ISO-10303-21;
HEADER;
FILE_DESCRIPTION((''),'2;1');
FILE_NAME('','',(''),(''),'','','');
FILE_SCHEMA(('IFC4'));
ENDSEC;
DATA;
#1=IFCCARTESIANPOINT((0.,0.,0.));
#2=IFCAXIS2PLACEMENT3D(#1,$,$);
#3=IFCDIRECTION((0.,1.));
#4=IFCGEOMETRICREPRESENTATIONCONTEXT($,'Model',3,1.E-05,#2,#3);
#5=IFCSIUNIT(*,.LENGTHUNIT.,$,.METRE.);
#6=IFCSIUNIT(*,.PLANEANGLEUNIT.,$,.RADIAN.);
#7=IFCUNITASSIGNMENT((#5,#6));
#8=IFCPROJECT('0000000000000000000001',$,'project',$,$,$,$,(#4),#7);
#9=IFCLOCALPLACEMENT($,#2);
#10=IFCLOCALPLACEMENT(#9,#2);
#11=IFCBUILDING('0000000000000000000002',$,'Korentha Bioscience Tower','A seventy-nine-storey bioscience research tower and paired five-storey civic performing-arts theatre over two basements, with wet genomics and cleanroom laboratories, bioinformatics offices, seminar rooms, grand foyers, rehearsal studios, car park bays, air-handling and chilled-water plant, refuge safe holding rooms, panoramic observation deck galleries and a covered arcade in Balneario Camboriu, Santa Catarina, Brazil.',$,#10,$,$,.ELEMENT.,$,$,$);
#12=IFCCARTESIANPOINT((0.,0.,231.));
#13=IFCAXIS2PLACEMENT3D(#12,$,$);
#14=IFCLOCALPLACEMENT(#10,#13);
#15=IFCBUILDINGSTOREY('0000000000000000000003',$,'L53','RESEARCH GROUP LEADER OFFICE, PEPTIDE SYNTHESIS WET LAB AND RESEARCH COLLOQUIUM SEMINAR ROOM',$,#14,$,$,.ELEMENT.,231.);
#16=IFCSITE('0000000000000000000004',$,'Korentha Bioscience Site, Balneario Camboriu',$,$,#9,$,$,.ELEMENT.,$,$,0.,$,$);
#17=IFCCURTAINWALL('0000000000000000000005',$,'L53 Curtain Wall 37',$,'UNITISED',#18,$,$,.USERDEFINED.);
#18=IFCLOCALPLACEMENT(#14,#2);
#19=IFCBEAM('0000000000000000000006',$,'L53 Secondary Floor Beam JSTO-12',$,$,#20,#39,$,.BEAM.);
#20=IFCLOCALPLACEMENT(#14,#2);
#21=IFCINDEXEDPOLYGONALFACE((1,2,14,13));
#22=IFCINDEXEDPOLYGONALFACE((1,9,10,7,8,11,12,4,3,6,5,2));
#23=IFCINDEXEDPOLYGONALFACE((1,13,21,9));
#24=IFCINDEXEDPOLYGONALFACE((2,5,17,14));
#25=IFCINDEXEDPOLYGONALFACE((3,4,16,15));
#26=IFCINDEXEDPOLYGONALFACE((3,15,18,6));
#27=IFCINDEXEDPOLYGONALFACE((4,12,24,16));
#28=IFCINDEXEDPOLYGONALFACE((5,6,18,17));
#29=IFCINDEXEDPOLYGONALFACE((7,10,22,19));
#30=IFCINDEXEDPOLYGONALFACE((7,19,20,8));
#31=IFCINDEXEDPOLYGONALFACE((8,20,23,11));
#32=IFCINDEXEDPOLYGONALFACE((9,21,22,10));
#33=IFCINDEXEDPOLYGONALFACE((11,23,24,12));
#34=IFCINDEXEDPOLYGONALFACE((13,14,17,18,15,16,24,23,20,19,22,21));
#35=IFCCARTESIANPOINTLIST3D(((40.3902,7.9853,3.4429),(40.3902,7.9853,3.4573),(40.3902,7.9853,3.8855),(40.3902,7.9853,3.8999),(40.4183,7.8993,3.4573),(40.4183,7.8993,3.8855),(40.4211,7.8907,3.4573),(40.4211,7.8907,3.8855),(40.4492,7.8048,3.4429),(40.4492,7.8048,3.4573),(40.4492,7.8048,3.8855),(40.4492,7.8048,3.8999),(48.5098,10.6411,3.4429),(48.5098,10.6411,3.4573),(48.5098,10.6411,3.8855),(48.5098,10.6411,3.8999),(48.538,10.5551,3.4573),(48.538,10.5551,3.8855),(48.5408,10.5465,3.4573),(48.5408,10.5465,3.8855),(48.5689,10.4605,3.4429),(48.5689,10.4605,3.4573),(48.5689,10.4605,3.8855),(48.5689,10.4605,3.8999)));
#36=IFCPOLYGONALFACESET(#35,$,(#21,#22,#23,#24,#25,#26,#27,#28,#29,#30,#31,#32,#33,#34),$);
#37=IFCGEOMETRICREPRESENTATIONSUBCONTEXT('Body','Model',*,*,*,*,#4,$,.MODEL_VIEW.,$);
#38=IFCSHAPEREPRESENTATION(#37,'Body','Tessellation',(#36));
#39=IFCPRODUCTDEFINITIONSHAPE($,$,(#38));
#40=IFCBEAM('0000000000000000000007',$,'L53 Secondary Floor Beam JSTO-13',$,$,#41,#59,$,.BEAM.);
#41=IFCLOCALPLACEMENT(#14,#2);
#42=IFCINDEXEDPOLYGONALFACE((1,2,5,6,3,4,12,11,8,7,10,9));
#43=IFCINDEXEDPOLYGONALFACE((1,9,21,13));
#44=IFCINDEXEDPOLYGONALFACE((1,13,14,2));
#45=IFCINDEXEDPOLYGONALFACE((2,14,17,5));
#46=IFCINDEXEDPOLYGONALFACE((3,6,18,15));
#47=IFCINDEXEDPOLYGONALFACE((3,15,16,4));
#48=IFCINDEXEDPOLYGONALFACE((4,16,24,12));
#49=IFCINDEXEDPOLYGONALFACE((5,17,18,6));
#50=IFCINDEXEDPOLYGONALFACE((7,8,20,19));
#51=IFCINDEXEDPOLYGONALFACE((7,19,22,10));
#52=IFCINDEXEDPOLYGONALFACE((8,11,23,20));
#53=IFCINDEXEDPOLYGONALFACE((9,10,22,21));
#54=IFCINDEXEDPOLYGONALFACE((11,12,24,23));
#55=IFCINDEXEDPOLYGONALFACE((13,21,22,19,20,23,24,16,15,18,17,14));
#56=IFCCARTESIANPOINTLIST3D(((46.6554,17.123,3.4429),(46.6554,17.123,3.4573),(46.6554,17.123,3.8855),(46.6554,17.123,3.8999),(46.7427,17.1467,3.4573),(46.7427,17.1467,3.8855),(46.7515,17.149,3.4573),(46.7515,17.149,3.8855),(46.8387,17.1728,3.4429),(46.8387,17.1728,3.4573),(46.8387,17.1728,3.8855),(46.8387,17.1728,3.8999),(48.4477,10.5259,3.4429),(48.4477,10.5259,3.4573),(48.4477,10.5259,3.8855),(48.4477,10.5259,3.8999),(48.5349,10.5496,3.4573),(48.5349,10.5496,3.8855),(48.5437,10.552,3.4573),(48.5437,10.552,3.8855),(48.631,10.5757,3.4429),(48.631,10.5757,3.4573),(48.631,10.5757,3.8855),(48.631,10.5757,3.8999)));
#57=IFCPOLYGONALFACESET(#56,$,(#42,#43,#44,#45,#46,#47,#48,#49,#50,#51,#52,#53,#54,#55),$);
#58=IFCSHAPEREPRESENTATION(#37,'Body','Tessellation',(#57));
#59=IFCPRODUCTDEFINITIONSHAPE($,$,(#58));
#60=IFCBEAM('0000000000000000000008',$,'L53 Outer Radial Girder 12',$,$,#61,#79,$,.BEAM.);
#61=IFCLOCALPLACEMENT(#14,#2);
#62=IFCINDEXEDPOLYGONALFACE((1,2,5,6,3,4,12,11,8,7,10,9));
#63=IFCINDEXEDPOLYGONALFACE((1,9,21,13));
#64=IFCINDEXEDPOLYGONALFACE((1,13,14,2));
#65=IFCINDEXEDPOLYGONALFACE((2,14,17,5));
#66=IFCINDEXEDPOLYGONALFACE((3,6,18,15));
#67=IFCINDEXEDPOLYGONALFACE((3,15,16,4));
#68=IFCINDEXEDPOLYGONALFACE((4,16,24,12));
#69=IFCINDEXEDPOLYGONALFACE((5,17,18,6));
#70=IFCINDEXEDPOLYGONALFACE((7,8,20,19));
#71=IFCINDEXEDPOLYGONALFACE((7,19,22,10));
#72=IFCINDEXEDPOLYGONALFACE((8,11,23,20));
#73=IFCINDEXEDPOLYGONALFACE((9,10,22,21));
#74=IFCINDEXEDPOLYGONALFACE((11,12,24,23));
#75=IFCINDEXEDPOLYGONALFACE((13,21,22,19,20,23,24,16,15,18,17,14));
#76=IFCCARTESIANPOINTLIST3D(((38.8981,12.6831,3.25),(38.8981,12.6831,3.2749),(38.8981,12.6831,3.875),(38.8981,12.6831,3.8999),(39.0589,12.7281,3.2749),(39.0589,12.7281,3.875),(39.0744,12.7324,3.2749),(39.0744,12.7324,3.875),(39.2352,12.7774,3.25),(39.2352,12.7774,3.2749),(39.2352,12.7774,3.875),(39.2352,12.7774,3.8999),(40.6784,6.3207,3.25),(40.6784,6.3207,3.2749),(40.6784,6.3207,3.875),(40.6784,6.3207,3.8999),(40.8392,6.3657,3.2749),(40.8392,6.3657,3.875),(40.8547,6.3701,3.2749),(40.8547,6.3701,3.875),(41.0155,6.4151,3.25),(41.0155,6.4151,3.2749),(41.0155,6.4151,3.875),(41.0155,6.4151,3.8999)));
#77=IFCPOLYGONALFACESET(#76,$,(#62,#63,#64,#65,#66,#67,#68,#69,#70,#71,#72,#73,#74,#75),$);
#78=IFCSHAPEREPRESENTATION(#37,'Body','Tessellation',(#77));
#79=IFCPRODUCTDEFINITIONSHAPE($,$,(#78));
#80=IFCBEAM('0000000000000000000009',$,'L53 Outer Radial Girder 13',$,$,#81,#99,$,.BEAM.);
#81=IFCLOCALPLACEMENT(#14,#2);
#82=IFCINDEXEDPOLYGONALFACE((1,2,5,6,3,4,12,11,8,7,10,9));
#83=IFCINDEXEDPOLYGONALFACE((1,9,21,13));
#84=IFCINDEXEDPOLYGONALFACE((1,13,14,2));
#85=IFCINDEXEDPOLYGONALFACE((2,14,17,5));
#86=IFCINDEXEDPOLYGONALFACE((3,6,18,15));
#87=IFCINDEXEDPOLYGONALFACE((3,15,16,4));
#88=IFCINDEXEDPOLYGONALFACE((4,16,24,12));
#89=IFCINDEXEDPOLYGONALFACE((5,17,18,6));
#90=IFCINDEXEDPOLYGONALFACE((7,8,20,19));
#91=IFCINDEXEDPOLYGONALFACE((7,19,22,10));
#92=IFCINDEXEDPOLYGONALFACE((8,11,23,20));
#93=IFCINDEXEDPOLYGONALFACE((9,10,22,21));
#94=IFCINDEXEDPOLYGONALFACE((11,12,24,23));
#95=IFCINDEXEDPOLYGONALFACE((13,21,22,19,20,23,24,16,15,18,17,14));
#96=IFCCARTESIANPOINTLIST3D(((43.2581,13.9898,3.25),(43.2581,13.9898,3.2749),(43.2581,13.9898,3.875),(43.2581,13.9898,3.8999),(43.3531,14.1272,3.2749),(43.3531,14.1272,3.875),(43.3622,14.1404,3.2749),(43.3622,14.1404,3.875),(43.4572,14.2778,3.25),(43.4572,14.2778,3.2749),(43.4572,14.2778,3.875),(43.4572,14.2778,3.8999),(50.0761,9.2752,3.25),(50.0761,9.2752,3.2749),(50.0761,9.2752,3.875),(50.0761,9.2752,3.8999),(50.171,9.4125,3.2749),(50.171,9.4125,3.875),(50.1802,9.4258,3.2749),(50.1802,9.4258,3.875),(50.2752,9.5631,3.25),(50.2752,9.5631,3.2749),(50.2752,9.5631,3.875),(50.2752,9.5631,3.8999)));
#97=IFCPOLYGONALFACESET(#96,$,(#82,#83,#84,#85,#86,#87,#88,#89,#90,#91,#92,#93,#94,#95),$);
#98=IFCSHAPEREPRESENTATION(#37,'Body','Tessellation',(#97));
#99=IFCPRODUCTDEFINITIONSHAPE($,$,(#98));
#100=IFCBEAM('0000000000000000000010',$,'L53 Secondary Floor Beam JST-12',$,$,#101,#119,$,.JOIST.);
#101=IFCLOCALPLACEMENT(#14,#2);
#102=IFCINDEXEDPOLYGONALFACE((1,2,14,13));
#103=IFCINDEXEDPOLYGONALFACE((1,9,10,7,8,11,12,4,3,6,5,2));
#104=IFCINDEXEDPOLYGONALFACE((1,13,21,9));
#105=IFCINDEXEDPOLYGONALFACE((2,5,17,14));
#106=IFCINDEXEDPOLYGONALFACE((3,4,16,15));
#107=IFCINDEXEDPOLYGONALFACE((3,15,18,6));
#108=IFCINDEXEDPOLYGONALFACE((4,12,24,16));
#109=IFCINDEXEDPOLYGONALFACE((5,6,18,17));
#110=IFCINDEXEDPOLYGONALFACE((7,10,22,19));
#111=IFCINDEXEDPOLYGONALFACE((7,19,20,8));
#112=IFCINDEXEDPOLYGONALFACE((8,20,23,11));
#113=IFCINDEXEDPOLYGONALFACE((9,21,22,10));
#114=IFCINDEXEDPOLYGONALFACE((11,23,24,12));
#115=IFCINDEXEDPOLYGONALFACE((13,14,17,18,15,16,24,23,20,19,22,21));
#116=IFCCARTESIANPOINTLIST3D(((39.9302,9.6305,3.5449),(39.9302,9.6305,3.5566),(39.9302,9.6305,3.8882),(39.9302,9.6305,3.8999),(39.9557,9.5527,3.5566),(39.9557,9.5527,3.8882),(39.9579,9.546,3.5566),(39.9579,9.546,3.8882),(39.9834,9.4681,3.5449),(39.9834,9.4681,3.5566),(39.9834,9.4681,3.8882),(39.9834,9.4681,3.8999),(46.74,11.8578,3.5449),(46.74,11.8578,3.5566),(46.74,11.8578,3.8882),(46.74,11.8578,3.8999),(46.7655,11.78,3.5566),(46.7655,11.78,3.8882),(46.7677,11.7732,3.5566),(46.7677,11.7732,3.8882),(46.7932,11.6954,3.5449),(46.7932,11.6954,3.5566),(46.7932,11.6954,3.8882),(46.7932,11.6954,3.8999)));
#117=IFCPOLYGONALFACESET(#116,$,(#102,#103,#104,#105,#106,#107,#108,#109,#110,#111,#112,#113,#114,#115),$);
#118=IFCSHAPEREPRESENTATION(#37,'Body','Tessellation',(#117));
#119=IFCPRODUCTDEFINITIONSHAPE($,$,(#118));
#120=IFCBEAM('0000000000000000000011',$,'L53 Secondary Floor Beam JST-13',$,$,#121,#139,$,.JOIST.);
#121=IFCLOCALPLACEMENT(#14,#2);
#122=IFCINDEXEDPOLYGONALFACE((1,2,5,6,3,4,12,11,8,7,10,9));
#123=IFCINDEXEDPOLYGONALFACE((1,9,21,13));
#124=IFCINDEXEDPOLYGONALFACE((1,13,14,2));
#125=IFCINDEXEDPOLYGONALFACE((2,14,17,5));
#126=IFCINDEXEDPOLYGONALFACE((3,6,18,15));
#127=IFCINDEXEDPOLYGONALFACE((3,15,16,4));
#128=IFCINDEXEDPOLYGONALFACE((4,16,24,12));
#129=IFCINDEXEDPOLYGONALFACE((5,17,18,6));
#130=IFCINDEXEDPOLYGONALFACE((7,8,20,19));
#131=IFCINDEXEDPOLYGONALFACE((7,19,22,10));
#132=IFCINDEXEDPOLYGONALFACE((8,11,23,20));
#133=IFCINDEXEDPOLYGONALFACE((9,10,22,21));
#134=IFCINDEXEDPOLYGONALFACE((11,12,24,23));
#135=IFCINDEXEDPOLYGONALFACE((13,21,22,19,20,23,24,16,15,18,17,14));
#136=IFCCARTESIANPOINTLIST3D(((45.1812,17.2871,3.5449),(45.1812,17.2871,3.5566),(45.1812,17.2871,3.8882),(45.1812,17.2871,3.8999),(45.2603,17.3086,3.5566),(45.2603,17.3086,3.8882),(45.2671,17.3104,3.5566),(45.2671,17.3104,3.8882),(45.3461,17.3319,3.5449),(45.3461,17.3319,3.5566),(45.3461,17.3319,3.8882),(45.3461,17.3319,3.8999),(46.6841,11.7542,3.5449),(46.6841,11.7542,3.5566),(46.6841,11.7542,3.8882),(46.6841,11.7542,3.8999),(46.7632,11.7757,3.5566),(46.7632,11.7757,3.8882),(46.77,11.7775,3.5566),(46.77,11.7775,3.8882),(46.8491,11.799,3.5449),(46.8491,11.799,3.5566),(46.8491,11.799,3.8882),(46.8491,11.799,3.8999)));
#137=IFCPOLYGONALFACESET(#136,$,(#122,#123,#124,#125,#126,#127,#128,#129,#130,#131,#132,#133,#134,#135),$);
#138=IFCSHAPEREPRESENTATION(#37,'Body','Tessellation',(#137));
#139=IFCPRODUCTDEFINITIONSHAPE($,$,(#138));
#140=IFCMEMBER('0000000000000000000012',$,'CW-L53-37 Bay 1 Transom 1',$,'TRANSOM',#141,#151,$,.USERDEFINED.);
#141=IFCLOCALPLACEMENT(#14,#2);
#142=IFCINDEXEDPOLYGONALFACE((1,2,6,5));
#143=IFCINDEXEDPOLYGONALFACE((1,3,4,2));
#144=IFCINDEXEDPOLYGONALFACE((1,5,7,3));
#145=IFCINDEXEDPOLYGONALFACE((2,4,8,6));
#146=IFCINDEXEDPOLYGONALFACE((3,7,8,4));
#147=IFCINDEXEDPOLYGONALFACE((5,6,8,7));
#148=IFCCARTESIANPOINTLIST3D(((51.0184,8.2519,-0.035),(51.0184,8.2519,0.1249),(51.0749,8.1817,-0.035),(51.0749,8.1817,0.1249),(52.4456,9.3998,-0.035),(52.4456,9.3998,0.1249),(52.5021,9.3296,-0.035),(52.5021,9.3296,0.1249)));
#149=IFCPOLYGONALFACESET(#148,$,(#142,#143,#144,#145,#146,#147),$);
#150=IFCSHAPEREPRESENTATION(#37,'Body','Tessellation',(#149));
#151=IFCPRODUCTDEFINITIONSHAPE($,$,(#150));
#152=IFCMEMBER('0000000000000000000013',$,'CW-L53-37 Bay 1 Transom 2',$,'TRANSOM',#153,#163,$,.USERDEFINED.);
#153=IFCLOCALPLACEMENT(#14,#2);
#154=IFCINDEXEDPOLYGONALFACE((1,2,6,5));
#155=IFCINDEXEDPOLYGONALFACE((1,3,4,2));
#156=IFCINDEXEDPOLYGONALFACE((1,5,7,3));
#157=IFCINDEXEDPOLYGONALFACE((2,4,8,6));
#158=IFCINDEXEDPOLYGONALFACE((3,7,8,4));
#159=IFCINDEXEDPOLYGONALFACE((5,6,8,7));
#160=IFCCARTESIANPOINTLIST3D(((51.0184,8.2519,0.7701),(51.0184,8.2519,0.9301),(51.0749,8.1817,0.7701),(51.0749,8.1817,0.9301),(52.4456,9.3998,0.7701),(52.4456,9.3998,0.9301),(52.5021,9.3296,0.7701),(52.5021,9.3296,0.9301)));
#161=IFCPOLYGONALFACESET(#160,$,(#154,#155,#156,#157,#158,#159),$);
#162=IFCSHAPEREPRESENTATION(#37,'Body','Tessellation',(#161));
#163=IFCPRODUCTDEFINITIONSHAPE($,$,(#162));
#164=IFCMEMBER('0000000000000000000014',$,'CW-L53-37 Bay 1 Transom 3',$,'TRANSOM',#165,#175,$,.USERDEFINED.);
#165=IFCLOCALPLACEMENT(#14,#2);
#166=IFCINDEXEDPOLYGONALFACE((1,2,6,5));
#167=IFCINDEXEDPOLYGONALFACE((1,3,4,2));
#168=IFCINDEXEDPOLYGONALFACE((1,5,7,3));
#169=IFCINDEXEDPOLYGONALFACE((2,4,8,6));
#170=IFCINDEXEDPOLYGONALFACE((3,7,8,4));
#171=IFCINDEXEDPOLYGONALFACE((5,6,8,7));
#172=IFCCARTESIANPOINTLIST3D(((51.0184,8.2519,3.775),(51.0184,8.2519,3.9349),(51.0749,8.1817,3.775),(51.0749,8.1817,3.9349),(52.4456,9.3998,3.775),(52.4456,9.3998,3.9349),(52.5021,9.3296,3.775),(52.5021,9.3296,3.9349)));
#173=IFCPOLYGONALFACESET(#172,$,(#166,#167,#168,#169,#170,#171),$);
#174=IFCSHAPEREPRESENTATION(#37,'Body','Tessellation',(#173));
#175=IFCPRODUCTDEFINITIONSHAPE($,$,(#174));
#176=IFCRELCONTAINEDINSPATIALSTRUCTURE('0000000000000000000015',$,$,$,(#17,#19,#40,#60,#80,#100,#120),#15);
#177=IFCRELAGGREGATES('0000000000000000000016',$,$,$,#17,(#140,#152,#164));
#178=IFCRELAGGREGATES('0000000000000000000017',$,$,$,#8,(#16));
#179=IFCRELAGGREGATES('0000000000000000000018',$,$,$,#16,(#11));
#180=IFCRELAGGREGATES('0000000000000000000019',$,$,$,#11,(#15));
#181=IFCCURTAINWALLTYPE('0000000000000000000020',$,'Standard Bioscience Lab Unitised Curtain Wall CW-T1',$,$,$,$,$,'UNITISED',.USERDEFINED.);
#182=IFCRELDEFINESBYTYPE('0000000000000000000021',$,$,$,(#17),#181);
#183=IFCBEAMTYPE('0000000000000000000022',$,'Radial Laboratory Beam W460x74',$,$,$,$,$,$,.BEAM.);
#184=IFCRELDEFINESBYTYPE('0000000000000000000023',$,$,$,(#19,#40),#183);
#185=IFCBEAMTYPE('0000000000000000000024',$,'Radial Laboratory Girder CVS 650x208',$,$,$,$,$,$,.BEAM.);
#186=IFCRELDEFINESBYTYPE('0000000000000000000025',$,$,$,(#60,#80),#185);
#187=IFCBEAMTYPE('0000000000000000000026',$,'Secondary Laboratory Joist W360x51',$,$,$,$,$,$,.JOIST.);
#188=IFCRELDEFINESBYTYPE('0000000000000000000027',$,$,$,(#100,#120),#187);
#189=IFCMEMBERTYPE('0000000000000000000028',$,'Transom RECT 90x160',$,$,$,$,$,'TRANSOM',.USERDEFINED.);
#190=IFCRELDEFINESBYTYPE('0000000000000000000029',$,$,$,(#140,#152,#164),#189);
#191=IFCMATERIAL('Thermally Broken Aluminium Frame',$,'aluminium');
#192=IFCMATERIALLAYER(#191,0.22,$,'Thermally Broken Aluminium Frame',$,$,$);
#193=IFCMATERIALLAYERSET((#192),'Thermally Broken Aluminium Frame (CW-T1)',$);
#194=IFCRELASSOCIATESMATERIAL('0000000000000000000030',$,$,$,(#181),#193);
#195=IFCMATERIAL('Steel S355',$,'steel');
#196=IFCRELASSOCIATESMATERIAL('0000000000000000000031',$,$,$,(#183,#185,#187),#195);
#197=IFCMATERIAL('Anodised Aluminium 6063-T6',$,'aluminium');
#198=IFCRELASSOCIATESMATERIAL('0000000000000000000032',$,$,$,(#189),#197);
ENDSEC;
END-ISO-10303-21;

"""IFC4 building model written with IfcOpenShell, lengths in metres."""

from ifc_helpers import new_model, si_unit, direction, frame, origin, origin_2d, place, context, subcontext, project, spatial, rectangle, i_section, extrude, material, layer, layer_set, material_profile, profile_set, type_object, element, aggregate, save


model = new_model("IFC4")

# Units and contexts
model_context = context("Model", 3, precision=1e-05, world=origin(), true_north=direction((0.0, 1.0)))
body_context = subcontext(model_context, "Body", "Model", "MODEL_VIEW")
ifc_project = project(units=[si_unit("LENGTHUNIT", "METRE"), si_unit("PLANEANGLEUNIT", "RADIAN")], contexts=[model_context])

# Site, building, storey
site_placement = place(None, origin())
site = spatial("IfcSite", under=ifc_project, at=site_placement, Name="Korentha Bioscience Site, Balneario Camboriu", CompositionType="ELEMENT", RefElevation=0.0)
building_placement = place(site_placement, origin())
building = spatial("IfcBuilding", under=site, at=building_placement, Name="Korentha Bioscience Tower", Description="A seventy-nine-storey bioscience research tower and paired five-storey civic performing-arts theatre over two basements, with wet genomics and cleanroom laboratories, bioinformatics offices, seminar rooms, grand foyers, rehearsal studios, car park bays, air-handling and chilled-water plant, refuge safe holding rooms, panoramic observation deck galleries and a covered arcade in Balneario Camboriu, Santa Catarina, Brazil.", CompositionType="ELEMENT")
storey_placement = place(building_placement, frame((0.0, 0.0, 231.0)))
storey = spatial("IfcBuildingStorey", under=building, at=storey_placement, Name="L53", Description="RESEARCH GROUP LEADER OFFICE, PEPTIDE SYNTHESIS WET LAB AND RESEARCH COLLOQUIUM SEMINAR ROOM", CompositionType="ELEMENT", Elevation=231.0)

# Shared definitions
ifc_material_1 = material(Name="Steel S355", Category="steel")

# Curtain wall
ifc_material_2 = material(Name="Thermally Broken Aluminium Frame", Category="aluminium")
ifc_layer_1 = layer(ifc_material_2, 0.22, Name="Thermally Broken Aluminium Frame")
ifc_layer_set_1 = layer_set([ifc_layer_1], Name="Thermally Broken Aluminium Frame (CW-T1)")
curtain_wall_type = type_object("IfcCurtainWallType", Name="Standard Bioscience Lab Unitised Curtain Wall CW-T1", ElementType="UNITISED", PredefinedType="USERDEFINED", material=ifc_layer_set_1)
curtain_wall_placement = place(storey_placement, origin())
curtain_wall = element("IfcCurtainWall", 1, at=curtain_wall_placement, inside=storey, type_object=curtain_wall_type, Name="L53 Curtain Wall 37", ObjectType="UNITISED", PredefinedType="USERDEFINED")
ifc_material_3 = material(Name="Anodised Aluminium 6063-T6", Category="aluminium")

# Beams
ifc_material_profile_1 = material_profile(ifc_material_1, i_section(OverallWidth=0.1899, OverallDepth=0.457, WebThickness=0.009, FlangeThickness=0.0144, at=origin_2d()), Name="Steel S355")
ifc_profile_set_1 = profile_set([ifc_material_profile_1], Name="Steel S355 (RB-460)")
beam_type_1 = type_object("IfcBeamType", Name="Radial Laboratory Beam W460x74", PredefinedType="BEAM", material=ifc_profile_set_1)
beam_1_placement = place(storey_placement, frame((40.4197, 7.895, 3.6714), z_axis=(0.950451, 0.310873, 0.0), x_axis=(-0.310873, 0.950451, 0.0)))
element("IfcBeam", 2, at=beam_1_placement, inside=storey, type_object=beam_type_1, Name="L53 Secondary Floor Beam JSTO-12", PredefinedType="BEAM", context=body_context, shape_type="SweptSolid", body=[
    extrude(i_section(OverallWidth=0.1899, OverallDepth=0.457, WebThickness=0.009, FlangeThickness=0.0144, at=origin_2d()), origin(), (0.0, 0.0, 1.0), 8.543),
])
beam_2_placement = place(storey_placement, frame((48.5393, 10.5508, 3.6714), z_axis=(-0.262165, 0.965023, 0.0), x_axis=(-0.965023, -0.262165, 0.0)))
element("IfcBeam", 3, at=beam_2_placement, inside=storey, type_object=beam_type_1, Name="L53 Secondary Floor Beam JSTO-13", PredefinedType="BEAM", context=body_context, shape_type="SweptSolid", body=[
    extrude(i_section(OverallWidth=0.1899, OverallDepth=0.457, WebThickness=0.009, FlangeThickness=0.0144, at=origin_2d()), origin(), (0.0, 0.0, 1.0), 6.8362),
])
ifc_material_profile_2 = material_profile(ifc_material_1, i_section(OverallWidth=0.3501, OverallDepth=0.6499, WebThickness=0.0161, FlangeThickness=0.0249, at=origin_2d()), Name="Steel S355")
ifc_profile_set_2 = profile_set([ifc_material_profile_2], Name="Steel S355 (RB-650)")
beam_type_2 = type_object("IfcBeamType", Name="Radial Laboratory Girder CVS 650x208", PredefinedType="BEAM", material=ifc_profile_set_2)
beam_3_placement = place(storey_placement, frame((39.0667, 12.7302, 3.575), z_axis=(0.269465, -0.96301, 0.0), x_axis=(0.96301, 0.269465, 0.0)))
element("IfcBeam", 4, at=beam_3_placement, inside=storey, type_object=beam_type_2, Name="L53 Outer Radial Girder 12", PredefinedType="BEAM", context=body_context, shape_type="SweptSolid", body=[
    extrude(i_section(OverallWidth=0.3501, OverallDepth=0.6499, WebThickness=0.0161, FlangeThickness=0.0249, at=origin_2d()), origin(), (0.0, 0.0, 1.0), 6.6067),
])
beam_4_placement = place(storey_placement, frame((43.3577, 14.1338, 3.575), z_axis=(0.822501, -0.568764, 0.0), x_axis=(0.568764, 0.822501, 0.0)))
element("IfcBeam", 5, at=beam_4_placement, inside=storey, type_object=beam_type_2, Name="L53 Outer Radial Girder 13", PredefinedType="BEAM", context=body_context, shape_type="SweptSolid", body=[
    extrude(i_section(OverallWidth=0.3501, OverallDepth=0.6499, WebThickness=0.0161, FlangeThickness=0.0249, at=origin_2d()), origin(), (0.0, 0.0, 1.0), 8.2893),
])
ifc_material_profile_3 = material_profile(ifc_material_1, i_section(OverallWidth=0.1709, OverallDepth=0.355, WebThickness=0.0071, FlangeThickness=0.0117, at=origin_2d()), Name="Steel S355")
ifc_profile_set_3 = profile_set([ifc_material_profile_3], Name="Steel S355 (JB-360)")
beam_type_3 = type_object("IfcBeamType", Name="Secondary Laboratory Joist W360x51", PredefinedType="JOIST", material=ifc_profile_set_3)
beam_5_placement = place(storey_placement, frame((39.9568, 9.5493, 3.7224), z_axis=(0.950454, 0.310866, 0.0), x_axis=(-0.310866, 0.950454, 0.0)))
element("IfcBeam", 6, at=beam_5_placement, inside=storey, type_object=beam_type_3, Name="L53 Secondary Floor Beam JST-12", PredefinedType="JOIST", context=body_context, shape_type="SweptSolid", body=[
    extrude(i_section(OverallWidth=0.1709, OverallDepth=0.355, WebThickness=0.0071, FlangeThickness=0.0117, at=origin_2d()), origin(), (0.0, 0.0, 1.0), 7.1648),
])
beam_6_placement = place(storey_placement, frame((46.7666, 11.7766, 3.7224), z_axis=(-0.262134, 0.965032, 0.0), x_axis=(-0.965032, -0.262134, 0.0)))
element("IfcBeam", 7, at=beam_6_placement, inside=storey, type_object=beam_type_3, Name="L53 Secondary Floor Beam JST-13", PredefinedType="JOIST", context=body_context, shape_type="SweptSolid", body=[
    extrude(i_section(OverallWidth=0.1709, OverallDepth=0.355, WebThickness=0.0071, FlangeThickness=0.0117, at=origin_2d()), origin(), (0.0, 0.0, 1.0), 5.7334),
])

# Members
ifc_material_profile_4 = material_profile(ifc_material_3, rectangle(XDim=0.0901, YDim=0.1599, at=origin_2d()), Name="Anodised Aluminium 6063-T6")
ifc_profile_set_4 = profile_set([ifc_material_profile_4], Name="Anodised Aluminium 6063-T6 (CW-TRN)")
member_type_1 = type_object("IfcMemberType", Name="Transom RECT 90x160", ElementType="TRANSOM", PredefinedType="USERDEFINED", material=ifc_profile_set_4)
member_1_placement = place(storey_placement, frame((51.0466, 8.2168, 0.0449), z_axis=(0.779228, 0.626741, 0.0), x_axis=(-0.626741, 0.779228, 0.0)))
member_1 = element("IfcMember", 8, at=member_1_placement, type_object=member_type_1, Name="CW-L53-37 Bay 1 Transom 1", ObjectType="TRANSOM", PredefinedType="USERDEFINED", context=body_context, shape_type="SweptSolid", body=[
    extrude(rectangle(XDim=0.0901, YDim=0.1599, at=origin_2d()), origin(), (0.0, 0.0, 1.0), 1.8315),
])
member_2_placement = place(storey_placement, frame((51.0466, 8.2168, 0.8501), z_axis=(0.779228, 0.626741, 0.0), x_axis=(-0.626741, 0.779228, 0.0)))
member_2 = element("IfcMember", 9, at=member_2_placement, type_object=member_type_1, Name="CW-L53-37 Bay 1 Transom 2", ObjectType="TRANSOM", PredefinedType="USERDEFINED", context=body_context, shape_type="SweptSolid", body=[
    extrude(rectangle(XDim=0.0901, YDim=0.1599, at=origin_2d()), origin(), (0.0, 0.0, 1.0), 1.8315),
])
member_3_placement = place(storey_placement, frame((51.0466, 8.2168, 3.855), z_axis=(0.779228, 0.626741, 0.0), x_axis=(-0.626741, 0.779228, 0.0)))
member_3 = element("IfcMember", 10, at=member_3_placement, type_object=member_type_1, Name="CW-L53-37 Bay 1 Transom 3", ObjectType="TRANSOM", PredefinedType="USERDEFINED", context=body_context, shape_type="SweptSolid", body=[
    extrude(rectangle(XDim=0.0901, YDim=0.1599, at=origin_2d()), origin(), (0.0, 0.0, 1.0), 1.8315),
])

aggregate(curtain_wall, [member_1, member_2, member_3])

save(model, "model.ifc")
